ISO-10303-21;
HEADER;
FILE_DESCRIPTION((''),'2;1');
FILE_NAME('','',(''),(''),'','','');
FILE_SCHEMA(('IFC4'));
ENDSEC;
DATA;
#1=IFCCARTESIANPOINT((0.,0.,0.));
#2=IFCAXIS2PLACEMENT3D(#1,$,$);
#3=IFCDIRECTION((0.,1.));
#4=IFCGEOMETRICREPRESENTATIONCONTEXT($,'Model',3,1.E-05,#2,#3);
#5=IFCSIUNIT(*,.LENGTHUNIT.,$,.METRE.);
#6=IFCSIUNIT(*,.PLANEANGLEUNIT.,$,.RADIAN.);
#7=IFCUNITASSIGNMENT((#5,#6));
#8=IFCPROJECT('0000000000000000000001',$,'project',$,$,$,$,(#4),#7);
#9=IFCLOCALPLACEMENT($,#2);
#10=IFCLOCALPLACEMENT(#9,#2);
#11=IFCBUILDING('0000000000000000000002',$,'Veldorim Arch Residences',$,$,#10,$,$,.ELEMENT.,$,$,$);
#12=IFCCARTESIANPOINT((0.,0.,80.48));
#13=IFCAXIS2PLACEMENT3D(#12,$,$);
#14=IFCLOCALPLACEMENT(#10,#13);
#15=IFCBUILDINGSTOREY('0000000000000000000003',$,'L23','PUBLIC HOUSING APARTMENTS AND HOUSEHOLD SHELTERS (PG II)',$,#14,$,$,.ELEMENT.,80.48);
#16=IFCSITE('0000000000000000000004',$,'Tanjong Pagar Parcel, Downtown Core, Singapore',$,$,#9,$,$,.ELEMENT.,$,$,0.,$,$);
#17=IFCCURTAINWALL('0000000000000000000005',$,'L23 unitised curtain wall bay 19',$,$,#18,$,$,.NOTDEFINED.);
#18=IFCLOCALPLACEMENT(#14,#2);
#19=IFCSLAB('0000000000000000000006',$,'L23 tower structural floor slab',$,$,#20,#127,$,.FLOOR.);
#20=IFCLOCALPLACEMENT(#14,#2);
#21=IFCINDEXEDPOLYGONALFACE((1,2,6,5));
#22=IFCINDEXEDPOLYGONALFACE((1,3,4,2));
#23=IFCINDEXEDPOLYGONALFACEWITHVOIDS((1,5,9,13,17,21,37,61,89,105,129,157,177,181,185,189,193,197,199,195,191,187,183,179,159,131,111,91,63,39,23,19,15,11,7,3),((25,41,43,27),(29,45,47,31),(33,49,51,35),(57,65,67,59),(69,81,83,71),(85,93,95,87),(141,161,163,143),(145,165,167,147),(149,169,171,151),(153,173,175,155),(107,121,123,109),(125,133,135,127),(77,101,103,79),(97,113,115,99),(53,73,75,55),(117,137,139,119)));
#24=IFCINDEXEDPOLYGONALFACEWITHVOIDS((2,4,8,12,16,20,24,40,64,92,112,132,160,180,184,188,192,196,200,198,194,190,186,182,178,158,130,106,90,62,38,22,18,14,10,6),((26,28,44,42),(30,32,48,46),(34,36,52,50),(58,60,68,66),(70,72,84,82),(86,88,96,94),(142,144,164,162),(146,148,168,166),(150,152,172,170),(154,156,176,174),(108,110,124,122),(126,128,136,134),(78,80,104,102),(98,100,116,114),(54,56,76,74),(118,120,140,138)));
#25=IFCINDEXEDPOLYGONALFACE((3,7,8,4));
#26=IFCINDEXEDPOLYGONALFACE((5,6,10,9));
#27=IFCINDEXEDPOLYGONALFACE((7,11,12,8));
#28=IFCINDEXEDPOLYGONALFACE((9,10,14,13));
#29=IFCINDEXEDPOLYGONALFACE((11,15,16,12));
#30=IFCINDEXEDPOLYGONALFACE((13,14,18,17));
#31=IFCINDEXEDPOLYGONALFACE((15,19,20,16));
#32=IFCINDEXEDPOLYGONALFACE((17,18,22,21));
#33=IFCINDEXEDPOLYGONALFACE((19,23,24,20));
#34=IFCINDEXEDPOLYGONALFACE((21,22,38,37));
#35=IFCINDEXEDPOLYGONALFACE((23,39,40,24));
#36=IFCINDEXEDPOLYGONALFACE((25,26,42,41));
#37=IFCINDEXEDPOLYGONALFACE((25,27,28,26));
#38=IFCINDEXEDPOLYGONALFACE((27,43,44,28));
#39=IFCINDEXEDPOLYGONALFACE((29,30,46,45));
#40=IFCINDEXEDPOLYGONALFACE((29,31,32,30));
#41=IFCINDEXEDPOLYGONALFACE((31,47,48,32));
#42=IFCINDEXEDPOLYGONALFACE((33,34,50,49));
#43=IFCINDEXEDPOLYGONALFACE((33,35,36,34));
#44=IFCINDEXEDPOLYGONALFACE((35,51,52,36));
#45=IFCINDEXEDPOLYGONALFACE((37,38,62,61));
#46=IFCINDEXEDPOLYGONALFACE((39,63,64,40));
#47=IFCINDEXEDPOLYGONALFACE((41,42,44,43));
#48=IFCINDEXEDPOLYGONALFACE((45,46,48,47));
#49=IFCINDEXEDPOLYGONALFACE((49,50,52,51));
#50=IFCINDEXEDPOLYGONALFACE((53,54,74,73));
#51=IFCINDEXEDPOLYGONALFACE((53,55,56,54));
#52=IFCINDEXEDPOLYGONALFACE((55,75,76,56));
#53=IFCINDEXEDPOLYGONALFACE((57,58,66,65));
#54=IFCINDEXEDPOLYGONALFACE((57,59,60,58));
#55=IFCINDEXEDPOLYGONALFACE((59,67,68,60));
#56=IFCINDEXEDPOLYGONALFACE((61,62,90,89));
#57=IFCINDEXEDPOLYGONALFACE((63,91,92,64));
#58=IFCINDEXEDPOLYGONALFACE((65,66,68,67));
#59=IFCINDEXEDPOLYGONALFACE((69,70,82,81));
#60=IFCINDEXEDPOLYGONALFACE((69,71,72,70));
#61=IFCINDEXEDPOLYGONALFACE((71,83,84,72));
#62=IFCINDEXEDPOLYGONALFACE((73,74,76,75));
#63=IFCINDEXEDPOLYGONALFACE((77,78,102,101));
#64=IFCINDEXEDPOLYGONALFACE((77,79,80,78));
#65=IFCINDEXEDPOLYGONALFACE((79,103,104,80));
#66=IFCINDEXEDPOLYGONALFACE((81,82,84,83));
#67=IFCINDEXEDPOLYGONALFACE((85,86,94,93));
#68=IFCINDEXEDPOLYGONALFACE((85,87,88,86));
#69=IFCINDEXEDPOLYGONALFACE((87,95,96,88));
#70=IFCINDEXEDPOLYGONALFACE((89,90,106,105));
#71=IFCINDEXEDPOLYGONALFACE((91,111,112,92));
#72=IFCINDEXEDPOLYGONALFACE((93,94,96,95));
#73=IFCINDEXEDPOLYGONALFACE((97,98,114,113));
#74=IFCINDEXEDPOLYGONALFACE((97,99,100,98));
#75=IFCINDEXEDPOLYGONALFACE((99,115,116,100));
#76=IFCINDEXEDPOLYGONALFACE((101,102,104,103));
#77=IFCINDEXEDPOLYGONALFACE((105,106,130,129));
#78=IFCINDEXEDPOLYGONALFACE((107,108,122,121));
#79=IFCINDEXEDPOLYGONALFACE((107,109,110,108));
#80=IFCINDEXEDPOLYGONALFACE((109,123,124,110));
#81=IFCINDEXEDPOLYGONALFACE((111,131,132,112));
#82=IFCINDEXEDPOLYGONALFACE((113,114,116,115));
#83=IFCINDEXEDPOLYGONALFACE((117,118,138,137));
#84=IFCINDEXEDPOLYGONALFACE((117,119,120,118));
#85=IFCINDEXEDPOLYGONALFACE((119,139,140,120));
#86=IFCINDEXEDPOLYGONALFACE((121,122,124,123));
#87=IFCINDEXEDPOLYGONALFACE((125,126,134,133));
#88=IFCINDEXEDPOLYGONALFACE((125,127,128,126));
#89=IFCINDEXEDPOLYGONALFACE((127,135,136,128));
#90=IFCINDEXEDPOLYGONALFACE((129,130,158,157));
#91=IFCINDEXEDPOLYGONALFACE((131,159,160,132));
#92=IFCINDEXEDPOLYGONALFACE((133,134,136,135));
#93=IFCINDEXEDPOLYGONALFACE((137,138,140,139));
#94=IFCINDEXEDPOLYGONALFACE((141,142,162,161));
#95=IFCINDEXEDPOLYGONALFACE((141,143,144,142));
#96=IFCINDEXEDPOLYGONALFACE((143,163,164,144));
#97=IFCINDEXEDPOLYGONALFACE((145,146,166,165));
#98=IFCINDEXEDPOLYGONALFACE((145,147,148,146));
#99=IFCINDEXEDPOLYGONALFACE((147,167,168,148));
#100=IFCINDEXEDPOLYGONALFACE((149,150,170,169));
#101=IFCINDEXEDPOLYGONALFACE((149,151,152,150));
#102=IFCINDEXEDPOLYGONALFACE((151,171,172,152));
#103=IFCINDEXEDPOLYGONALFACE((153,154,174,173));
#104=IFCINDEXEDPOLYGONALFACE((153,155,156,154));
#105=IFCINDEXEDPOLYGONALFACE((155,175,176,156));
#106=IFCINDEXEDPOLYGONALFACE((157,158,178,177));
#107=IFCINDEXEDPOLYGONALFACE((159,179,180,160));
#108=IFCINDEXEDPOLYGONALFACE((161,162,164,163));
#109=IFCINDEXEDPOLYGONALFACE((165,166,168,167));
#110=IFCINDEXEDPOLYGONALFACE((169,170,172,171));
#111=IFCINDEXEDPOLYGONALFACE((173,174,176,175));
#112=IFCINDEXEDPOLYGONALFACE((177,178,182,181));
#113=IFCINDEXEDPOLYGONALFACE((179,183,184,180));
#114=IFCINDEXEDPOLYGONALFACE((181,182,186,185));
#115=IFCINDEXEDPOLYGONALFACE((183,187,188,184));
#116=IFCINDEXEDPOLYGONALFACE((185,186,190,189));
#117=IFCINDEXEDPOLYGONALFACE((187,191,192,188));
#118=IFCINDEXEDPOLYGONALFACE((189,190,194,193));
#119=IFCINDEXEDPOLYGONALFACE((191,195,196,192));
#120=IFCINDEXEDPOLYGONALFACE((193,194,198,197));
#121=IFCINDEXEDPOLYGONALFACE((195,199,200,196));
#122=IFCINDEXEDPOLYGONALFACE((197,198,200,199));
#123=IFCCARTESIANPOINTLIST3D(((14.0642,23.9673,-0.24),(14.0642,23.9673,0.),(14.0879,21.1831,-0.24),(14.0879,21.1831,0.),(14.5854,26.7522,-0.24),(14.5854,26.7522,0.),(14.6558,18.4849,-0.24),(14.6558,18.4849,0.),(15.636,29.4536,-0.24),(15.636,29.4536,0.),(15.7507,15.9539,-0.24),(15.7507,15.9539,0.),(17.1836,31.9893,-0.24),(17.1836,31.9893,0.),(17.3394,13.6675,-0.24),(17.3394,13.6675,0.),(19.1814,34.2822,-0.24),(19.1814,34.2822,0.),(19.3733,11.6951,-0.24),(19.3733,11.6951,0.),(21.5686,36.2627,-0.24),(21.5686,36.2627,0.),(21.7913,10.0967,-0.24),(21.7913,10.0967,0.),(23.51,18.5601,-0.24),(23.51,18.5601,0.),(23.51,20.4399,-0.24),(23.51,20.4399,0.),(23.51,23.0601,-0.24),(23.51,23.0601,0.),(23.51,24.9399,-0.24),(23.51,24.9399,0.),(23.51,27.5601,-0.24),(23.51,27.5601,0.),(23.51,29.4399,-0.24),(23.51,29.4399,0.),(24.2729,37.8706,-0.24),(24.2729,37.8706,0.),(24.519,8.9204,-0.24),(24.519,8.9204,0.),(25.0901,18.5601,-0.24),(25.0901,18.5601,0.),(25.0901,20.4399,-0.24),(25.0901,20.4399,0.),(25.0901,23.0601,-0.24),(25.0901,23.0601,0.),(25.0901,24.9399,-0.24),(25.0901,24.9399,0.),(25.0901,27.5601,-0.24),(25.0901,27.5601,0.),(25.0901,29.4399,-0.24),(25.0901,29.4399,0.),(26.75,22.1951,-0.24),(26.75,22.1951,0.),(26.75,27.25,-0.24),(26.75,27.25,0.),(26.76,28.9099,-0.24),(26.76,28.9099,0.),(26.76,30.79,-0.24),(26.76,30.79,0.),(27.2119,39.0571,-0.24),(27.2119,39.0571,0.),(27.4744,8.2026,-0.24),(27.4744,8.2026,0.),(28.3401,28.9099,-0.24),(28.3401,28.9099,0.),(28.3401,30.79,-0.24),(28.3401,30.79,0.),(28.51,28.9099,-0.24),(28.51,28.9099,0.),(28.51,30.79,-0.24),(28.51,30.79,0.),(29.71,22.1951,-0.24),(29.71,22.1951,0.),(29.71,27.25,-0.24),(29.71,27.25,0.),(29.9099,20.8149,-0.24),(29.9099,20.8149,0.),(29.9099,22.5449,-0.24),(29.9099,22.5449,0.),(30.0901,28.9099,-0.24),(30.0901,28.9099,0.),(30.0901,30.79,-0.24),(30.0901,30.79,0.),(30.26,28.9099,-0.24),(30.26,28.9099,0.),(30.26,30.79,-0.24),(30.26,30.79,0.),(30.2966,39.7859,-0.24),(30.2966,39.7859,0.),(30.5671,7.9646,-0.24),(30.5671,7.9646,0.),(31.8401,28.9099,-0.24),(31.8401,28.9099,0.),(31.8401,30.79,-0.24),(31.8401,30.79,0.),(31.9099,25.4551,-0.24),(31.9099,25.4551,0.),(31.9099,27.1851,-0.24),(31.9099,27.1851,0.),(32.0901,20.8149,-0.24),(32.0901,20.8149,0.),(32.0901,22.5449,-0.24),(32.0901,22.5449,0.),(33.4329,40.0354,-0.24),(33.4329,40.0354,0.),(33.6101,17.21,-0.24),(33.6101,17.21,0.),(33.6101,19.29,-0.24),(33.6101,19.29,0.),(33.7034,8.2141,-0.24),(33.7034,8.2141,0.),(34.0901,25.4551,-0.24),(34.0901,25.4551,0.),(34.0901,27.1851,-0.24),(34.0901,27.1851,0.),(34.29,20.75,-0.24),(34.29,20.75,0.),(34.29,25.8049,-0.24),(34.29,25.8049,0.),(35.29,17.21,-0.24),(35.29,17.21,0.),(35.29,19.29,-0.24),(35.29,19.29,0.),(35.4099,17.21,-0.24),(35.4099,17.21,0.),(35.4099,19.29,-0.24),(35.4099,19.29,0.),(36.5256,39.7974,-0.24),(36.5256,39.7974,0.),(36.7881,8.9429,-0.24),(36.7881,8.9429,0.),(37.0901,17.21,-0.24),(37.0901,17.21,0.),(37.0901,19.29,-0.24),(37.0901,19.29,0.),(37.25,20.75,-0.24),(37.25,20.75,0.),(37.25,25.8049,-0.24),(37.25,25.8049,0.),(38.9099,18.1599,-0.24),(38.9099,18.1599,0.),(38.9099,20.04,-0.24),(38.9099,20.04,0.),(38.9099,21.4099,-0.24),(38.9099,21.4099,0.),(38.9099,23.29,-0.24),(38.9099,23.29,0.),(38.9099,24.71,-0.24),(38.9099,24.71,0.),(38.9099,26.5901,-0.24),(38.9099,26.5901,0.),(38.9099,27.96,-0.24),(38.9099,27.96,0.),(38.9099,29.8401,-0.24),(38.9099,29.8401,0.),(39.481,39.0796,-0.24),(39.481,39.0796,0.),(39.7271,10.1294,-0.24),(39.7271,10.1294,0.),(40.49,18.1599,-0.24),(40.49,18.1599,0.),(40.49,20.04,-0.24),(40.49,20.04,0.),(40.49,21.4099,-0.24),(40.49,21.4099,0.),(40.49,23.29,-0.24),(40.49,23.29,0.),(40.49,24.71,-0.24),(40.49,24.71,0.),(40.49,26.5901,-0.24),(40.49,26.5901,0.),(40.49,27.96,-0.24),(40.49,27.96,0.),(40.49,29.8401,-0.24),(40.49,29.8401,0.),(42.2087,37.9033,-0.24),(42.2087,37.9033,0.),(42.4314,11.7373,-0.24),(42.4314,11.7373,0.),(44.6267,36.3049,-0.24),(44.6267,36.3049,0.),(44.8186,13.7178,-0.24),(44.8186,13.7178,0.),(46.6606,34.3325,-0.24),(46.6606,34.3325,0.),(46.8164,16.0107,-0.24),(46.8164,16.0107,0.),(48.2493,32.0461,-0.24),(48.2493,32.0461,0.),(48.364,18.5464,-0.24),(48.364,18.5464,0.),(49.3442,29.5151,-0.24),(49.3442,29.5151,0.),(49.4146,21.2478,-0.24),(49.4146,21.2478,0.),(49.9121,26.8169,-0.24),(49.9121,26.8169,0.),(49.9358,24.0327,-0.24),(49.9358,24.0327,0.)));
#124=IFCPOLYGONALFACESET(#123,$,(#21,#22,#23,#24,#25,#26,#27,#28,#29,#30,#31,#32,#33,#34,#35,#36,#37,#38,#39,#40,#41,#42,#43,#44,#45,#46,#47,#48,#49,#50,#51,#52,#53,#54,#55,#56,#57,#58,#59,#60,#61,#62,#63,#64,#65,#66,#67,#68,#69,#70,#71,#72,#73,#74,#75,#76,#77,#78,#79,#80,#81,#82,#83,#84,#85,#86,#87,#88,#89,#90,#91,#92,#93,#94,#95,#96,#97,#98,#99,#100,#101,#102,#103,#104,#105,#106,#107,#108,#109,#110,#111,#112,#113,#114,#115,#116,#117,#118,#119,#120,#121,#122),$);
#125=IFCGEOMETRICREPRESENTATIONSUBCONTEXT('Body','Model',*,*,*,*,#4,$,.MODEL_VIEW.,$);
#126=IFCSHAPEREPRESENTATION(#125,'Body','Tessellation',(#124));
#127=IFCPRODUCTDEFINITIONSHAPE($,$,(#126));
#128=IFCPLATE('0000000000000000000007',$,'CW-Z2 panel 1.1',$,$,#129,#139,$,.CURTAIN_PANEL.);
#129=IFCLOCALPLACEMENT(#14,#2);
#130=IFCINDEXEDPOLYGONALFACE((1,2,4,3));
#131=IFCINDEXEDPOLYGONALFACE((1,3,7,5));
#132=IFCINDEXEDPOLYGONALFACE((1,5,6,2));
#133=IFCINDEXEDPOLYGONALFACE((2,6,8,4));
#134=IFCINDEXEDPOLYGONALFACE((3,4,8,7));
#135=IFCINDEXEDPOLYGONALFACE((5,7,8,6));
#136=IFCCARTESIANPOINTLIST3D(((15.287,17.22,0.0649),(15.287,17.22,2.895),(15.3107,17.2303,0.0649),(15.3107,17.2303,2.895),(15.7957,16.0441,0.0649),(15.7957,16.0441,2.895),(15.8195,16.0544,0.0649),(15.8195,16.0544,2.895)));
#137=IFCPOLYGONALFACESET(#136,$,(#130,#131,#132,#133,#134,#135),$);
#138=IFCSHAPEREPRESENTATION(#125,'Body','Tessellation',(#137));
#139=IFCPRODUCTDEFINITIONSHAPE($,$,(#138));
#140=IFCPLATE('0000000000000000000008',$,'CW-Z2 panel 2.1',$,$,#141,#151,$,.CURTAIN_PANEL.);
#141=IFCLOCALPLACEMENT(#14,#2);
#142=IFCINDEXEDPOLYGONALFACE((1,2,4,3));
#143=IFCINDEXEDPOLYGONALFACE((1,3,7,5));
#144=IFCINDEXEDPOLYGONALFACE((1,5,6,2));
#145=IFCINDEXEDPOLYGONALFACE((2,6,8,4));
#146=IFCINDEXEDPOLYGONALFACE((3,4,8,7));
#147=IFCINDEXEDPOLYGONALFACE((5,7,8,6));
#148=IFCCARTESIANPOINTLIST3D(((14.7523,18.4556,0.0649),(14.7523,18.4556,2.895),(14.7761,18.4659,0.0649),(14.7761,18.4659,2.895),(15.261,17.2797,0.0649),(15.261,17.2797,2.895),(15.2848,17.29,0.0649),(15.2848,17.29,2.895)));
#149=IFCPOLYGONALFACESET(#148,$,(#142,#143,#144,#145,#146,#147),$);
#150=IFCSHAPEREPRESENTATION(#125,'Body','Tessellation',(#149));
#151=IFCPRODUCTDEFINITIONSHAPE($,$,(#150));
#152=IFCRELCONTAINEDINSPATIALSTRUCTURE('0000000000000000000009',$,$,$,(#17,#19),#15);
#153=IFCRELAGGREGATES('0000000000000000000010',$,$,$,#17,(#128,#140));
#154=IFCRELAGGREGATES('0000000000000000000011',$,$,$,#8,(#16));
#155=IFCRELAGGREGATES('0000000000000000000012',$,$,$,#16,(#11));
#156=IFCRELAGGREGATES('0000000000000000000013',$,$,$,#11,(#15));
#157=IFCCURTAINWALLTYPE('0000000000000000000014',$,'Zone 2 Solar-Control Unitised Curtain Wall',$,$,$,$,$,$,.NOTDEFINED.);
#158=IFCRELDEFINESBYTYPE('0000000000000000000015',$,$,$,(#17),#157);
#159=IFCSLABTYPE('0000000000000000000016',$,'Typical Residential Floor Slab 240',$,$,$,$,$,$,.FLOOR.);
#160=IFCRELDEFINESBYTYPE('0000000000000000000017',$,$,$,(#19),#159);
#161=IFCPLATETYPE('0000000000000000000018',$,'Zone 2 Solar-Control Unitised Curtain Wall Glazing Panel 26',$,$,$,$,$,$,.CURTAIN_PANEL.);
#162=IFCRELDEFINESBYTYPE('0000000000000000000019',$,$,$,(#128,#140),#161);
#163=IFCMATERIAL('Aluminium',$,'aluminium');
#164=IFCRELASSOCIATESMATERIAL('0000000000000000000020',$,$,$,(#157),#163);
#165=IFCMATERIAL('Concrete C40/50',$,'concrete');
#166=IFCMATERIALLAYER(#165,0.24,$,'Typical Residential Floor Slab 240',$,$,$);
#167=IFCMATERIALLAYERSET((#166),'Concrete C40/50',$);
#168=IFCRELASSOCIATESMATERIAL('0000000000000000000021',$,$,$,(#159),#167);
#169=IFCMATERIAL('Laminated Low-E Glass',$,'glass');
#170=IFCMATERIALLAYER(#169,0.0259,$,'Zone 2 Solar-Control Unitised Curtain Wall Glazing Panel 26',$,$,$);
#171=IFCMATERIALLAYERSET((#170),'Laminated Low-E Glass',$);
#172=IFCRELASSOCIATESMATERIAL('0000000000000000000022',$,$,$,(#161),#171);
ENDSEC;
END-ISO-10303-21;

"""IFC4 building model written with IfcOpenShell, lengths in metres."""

from ifc_helpers import new_model, si_unit, direction, frame, origin, origin_2d, place, context, subcontext, project, spatial, polyline, rectangle, outline, extrude, material, layer, layer_set, type_object, element, aggregate, save


model = new_model("IFC4")

# Units and contexts
model_context = context("Model", 3, precision=1e-05, world=origin(), true_north=direction((0.0, 1.0)))
body_context = subcontext(model_context, "Body", "Model", "MODEL_VIEW")
ifc_project = project(units=[si_unit("LENGTHUNIT", "METRE"), si_unit("PLANEANGLEUNIT", "RADIAN")], contexts=[model_context])

# Site, building, storey
site_placement = place(None, origin())
site = spatial("IfcSite", under=ifc_project, at=site_placement, Name="Tanjong Pagar Parcel, Downtown Core, Singapore", CompositionType="ELEMENT", RefElevation=0.0)
building_placement = place(site_placement, origin())
building = spatial("IfcBuilding", under=site, at=building_placement, Name="Veldorim Arch Residences", CompositionType="ELEMENT")
storey_placement = place(building_placement, frame((0.0, 0.0, 80.48)))
storey = spatial("IfcBuildingStorey", under=building, at=storey_placement, Name="L23", Description="PUBLIC HOUSING APARTMENTS AND HOUSEHOLD SHELTERS (PG II)", CompositionType="ELEMENT", Elevation=80.48)

# Curtain wall
ifc_material_1 = material(Name="Aluminium", Category="aluminium")
curtain_wall_type = type_object("IfcCurtainWallType", Name="Zone 2 Solar-Control Unitised Curtain Wall", PredefinedType="NOTDEFINED", material=ifc_material_1)
curtain_wall_placement = place(storey_placement, origin())
curtain_wall = element("IfcCurtainWall", 1, at=curtain_wall_placement, inside=storey, type_object=curtain_wall_type, Name="L23 unitised curtain wall bay 19", PredefinedType="NOTDEFINED")

# Slab
ifc_material_2 = material(Name="Concrete C40/50", Category="concrete")
ifc_layer_1 = layer(ifc_material_2, 0.24, Name="Typical Residential Floor Slab 240")
ifc_layer_set_1 = layer_set([ifc_layer_1], Name="Concrete C40/50")
slab_type_1 = type_object("IfcSlabType", Name="Typical Residential Floor Slab 240", PredefinedType="FLOOR", material=ifc_layer_set_1)
slab_1_placement = place(storey_placement, frame((0.0, 0.0, -0.24)))
element("IfcSlab", 2, at=slab_1_placement, inside=storey, type_object=slab_type_1, Name="L23 tower structural floor slab", PredefinedType="FLOOR", context=body_context, shape_type="SweptSolid", body=[
    extrude(outline(polyline([(49.3442, 29.5151), (48.2493, 32.0461), (46.6606, 34.3325), (44.6267, 36.3049), (42.2087, 37.9033), (39.481, 39.0796), (36.5256, 39.7974), (33.4329, 40.0354), (30.2966, 39.7859), (27.2119, 39.0571), (24.2729, 37.8706), (21.5686, 36.2627), (19.1814, 34.2822), (17.1836, 31.9893), (15.636, 29.4536), (14.5854, 26.7522), (14.0642, 23.9673), (14.0879, 21.1831), (14.6558, 18.4849), (15.7507, 15.9539), (17.3394, 13.6675), (19.3733, 11.6951), (21.7913, 10.0967), (24.519, 8.9204), (27.4744, 8.2026), (30.5671, 7.9646), (33.7034, 8.2141), (36.7881, 8.9429), (39.7271, 10.1294), (42.4314, 11.7373), (44.8186, 13.7178), (46.8164, 16.0107), (48.364, 18.5464), (49.4146, 21.2478), (49.9358, 24.0327), (49.9121, 26.8169), (49.3442, 29.5151)]), holes=[polyline([(23.51, 20.4399), (25.0901, 20.4399), (25.0901, 18.5601), (23.51, 18.5601), (23.51, 20.4399)]), polyline([(29.9099, 22.5449), (32.0901, 22.5449), (32.0901, 20.8149), (29.9099, 20.8149), (29.9099, 22.5449)]), polyline([(23.51, 24.9399), (25.0901, 24.9399), (25.0901, 23.0601), (23.51, 23.0601), (23.51, 24.9399)]), polyline([(26.75, 27.25), (29.71, 27.25), (29.71, 22.1951), (26.75, 22.1951), (26.75, 27.25)]), polyline([(23.51, 29.4399), (25.0901, 29.4399), (25.0901, 27.5601), (23.51, 27.5601), (23.51, 29.4399)]), polyline([(26.76, 30.79), (28.3401, 30.79), (28.3401, 28.9099), (26.76, 28.9099), (26.76, 30.79)]), polyline([(28.51, 30.79), (30.0901, 30.79), (30.0901, 28.9099), (28.51, 28.9099), (28.51, 30.79)]), polyline([(30.26, 30.79), (31.8401, 30.79), (31.8401, 28.9099), (30.26, 28.9099), (30.26, 30.79)]), polyline([(33.6101, 19.29), (35.29, 19.29), (35.29, 17.21), (33.6101, 17.21), (33.6101, 19.29)]), polyline([(35.4099, 19.29), (37.0901, 19.29), (37.0901, 17.21), (35.4099, 17.21), (35.4099, 19.29)]), polyline([(38.9099, 20.04), (40.49, 20.04), (40.49, 18.1599), (38.9099, 18.1599), (38.9099, 20.04)]), polyline([(38.9099, 23.29), (40.49, 23.29), (40.49, 21.4099), (38.9099, 21.4099), (38.9099, 23.29)]), polyline([(34.29, 25.8049), (37.25, 25.8049), (37.25, 20.75), (34.29, 20.75), (34.29, 25.8049)]), polyline([(38.9099, 26.5901), (40.49, 26.5901), (40.49, 24.71), (38.9099, 24.71), (38.9099, 26.5901)]), polyline([(31.9099, 27.1851), (34.0901, 27.1851), (34.0901, 25.4551), (31.9099, 25.4551), (31.9099, 27.1851)]), polyline([(38.9099, 29.8401), (40.49, 29.8401), (40.49, 27.96), (38.9099, 27.96), (38.9099, 29.8401)])]), origin(), (0.0, 0.0, 1.0), 0.24),
])

# Plates
ifc_material_3 = material(Name="Laminated Low-E Glass", Category="glass")
ifc_layer_2 = layer(ifc_material_3, 0.0259, Name="Zone 2 Solar-Control Unitised Curtain Wall Glazing Panel 26")
ifc_layer_set_2 = layer_set([ifc_layer_2], Name="Laminated Low-E Glass")
plate_type = type_object("IfcPlateType", Name="Zone 2 Solar-Control Unitised Curtain Wall Glazing Panel 26", PredefinedType="CURTAIN_PANEL", material=ifc_layer_set_2)
plate_1_placement = place(storey_placement, frame((15.5532, 16.6372, 0.0649), z_axis=(0.0, 0.0, 1.0), x_axis=(-0.397051, 0.917797, 0.0)))
plate_1 = element("IfcPlate", 3, at=plate_1_placement, type_object=plate_type, Name="CW-Z2 panel 1.1", PredefinedType="CURTAIN_PANEL", context=body_context, shape_type="SweptSolid", body=[
    extrude(rectangle(XDim=1.2812, YDim=0.0259, at=origin_2d()), origin(), (0.0, 0.0, 1.0), 2.8301),
])
plate_2_placement = place(storey_placement, frame((15.0186, 17.8728, 0.0649), z_axis=(0.0, 0.0, 1.0), x_axis=(-0.397051, 0.917797, 0.0)))
plate_2 = element("IfcPlate", 4, at=plate_2_placement, type_object=plate_type, Name="CW-Z2 panel 2.1", PredefinedType="CURTAIN_PANEL", context=body_context, shape_type="SweptSolid", body=[
    extrude(rectangle(XDim=1.2812, YDim=0.0259, at=origin_2d()), origin(), (0.0, 0.0, 1.0), 2.8301),
])
aggregate(curtain_wall, [plate_1, plate_2])

save(model, "model.ifc")
